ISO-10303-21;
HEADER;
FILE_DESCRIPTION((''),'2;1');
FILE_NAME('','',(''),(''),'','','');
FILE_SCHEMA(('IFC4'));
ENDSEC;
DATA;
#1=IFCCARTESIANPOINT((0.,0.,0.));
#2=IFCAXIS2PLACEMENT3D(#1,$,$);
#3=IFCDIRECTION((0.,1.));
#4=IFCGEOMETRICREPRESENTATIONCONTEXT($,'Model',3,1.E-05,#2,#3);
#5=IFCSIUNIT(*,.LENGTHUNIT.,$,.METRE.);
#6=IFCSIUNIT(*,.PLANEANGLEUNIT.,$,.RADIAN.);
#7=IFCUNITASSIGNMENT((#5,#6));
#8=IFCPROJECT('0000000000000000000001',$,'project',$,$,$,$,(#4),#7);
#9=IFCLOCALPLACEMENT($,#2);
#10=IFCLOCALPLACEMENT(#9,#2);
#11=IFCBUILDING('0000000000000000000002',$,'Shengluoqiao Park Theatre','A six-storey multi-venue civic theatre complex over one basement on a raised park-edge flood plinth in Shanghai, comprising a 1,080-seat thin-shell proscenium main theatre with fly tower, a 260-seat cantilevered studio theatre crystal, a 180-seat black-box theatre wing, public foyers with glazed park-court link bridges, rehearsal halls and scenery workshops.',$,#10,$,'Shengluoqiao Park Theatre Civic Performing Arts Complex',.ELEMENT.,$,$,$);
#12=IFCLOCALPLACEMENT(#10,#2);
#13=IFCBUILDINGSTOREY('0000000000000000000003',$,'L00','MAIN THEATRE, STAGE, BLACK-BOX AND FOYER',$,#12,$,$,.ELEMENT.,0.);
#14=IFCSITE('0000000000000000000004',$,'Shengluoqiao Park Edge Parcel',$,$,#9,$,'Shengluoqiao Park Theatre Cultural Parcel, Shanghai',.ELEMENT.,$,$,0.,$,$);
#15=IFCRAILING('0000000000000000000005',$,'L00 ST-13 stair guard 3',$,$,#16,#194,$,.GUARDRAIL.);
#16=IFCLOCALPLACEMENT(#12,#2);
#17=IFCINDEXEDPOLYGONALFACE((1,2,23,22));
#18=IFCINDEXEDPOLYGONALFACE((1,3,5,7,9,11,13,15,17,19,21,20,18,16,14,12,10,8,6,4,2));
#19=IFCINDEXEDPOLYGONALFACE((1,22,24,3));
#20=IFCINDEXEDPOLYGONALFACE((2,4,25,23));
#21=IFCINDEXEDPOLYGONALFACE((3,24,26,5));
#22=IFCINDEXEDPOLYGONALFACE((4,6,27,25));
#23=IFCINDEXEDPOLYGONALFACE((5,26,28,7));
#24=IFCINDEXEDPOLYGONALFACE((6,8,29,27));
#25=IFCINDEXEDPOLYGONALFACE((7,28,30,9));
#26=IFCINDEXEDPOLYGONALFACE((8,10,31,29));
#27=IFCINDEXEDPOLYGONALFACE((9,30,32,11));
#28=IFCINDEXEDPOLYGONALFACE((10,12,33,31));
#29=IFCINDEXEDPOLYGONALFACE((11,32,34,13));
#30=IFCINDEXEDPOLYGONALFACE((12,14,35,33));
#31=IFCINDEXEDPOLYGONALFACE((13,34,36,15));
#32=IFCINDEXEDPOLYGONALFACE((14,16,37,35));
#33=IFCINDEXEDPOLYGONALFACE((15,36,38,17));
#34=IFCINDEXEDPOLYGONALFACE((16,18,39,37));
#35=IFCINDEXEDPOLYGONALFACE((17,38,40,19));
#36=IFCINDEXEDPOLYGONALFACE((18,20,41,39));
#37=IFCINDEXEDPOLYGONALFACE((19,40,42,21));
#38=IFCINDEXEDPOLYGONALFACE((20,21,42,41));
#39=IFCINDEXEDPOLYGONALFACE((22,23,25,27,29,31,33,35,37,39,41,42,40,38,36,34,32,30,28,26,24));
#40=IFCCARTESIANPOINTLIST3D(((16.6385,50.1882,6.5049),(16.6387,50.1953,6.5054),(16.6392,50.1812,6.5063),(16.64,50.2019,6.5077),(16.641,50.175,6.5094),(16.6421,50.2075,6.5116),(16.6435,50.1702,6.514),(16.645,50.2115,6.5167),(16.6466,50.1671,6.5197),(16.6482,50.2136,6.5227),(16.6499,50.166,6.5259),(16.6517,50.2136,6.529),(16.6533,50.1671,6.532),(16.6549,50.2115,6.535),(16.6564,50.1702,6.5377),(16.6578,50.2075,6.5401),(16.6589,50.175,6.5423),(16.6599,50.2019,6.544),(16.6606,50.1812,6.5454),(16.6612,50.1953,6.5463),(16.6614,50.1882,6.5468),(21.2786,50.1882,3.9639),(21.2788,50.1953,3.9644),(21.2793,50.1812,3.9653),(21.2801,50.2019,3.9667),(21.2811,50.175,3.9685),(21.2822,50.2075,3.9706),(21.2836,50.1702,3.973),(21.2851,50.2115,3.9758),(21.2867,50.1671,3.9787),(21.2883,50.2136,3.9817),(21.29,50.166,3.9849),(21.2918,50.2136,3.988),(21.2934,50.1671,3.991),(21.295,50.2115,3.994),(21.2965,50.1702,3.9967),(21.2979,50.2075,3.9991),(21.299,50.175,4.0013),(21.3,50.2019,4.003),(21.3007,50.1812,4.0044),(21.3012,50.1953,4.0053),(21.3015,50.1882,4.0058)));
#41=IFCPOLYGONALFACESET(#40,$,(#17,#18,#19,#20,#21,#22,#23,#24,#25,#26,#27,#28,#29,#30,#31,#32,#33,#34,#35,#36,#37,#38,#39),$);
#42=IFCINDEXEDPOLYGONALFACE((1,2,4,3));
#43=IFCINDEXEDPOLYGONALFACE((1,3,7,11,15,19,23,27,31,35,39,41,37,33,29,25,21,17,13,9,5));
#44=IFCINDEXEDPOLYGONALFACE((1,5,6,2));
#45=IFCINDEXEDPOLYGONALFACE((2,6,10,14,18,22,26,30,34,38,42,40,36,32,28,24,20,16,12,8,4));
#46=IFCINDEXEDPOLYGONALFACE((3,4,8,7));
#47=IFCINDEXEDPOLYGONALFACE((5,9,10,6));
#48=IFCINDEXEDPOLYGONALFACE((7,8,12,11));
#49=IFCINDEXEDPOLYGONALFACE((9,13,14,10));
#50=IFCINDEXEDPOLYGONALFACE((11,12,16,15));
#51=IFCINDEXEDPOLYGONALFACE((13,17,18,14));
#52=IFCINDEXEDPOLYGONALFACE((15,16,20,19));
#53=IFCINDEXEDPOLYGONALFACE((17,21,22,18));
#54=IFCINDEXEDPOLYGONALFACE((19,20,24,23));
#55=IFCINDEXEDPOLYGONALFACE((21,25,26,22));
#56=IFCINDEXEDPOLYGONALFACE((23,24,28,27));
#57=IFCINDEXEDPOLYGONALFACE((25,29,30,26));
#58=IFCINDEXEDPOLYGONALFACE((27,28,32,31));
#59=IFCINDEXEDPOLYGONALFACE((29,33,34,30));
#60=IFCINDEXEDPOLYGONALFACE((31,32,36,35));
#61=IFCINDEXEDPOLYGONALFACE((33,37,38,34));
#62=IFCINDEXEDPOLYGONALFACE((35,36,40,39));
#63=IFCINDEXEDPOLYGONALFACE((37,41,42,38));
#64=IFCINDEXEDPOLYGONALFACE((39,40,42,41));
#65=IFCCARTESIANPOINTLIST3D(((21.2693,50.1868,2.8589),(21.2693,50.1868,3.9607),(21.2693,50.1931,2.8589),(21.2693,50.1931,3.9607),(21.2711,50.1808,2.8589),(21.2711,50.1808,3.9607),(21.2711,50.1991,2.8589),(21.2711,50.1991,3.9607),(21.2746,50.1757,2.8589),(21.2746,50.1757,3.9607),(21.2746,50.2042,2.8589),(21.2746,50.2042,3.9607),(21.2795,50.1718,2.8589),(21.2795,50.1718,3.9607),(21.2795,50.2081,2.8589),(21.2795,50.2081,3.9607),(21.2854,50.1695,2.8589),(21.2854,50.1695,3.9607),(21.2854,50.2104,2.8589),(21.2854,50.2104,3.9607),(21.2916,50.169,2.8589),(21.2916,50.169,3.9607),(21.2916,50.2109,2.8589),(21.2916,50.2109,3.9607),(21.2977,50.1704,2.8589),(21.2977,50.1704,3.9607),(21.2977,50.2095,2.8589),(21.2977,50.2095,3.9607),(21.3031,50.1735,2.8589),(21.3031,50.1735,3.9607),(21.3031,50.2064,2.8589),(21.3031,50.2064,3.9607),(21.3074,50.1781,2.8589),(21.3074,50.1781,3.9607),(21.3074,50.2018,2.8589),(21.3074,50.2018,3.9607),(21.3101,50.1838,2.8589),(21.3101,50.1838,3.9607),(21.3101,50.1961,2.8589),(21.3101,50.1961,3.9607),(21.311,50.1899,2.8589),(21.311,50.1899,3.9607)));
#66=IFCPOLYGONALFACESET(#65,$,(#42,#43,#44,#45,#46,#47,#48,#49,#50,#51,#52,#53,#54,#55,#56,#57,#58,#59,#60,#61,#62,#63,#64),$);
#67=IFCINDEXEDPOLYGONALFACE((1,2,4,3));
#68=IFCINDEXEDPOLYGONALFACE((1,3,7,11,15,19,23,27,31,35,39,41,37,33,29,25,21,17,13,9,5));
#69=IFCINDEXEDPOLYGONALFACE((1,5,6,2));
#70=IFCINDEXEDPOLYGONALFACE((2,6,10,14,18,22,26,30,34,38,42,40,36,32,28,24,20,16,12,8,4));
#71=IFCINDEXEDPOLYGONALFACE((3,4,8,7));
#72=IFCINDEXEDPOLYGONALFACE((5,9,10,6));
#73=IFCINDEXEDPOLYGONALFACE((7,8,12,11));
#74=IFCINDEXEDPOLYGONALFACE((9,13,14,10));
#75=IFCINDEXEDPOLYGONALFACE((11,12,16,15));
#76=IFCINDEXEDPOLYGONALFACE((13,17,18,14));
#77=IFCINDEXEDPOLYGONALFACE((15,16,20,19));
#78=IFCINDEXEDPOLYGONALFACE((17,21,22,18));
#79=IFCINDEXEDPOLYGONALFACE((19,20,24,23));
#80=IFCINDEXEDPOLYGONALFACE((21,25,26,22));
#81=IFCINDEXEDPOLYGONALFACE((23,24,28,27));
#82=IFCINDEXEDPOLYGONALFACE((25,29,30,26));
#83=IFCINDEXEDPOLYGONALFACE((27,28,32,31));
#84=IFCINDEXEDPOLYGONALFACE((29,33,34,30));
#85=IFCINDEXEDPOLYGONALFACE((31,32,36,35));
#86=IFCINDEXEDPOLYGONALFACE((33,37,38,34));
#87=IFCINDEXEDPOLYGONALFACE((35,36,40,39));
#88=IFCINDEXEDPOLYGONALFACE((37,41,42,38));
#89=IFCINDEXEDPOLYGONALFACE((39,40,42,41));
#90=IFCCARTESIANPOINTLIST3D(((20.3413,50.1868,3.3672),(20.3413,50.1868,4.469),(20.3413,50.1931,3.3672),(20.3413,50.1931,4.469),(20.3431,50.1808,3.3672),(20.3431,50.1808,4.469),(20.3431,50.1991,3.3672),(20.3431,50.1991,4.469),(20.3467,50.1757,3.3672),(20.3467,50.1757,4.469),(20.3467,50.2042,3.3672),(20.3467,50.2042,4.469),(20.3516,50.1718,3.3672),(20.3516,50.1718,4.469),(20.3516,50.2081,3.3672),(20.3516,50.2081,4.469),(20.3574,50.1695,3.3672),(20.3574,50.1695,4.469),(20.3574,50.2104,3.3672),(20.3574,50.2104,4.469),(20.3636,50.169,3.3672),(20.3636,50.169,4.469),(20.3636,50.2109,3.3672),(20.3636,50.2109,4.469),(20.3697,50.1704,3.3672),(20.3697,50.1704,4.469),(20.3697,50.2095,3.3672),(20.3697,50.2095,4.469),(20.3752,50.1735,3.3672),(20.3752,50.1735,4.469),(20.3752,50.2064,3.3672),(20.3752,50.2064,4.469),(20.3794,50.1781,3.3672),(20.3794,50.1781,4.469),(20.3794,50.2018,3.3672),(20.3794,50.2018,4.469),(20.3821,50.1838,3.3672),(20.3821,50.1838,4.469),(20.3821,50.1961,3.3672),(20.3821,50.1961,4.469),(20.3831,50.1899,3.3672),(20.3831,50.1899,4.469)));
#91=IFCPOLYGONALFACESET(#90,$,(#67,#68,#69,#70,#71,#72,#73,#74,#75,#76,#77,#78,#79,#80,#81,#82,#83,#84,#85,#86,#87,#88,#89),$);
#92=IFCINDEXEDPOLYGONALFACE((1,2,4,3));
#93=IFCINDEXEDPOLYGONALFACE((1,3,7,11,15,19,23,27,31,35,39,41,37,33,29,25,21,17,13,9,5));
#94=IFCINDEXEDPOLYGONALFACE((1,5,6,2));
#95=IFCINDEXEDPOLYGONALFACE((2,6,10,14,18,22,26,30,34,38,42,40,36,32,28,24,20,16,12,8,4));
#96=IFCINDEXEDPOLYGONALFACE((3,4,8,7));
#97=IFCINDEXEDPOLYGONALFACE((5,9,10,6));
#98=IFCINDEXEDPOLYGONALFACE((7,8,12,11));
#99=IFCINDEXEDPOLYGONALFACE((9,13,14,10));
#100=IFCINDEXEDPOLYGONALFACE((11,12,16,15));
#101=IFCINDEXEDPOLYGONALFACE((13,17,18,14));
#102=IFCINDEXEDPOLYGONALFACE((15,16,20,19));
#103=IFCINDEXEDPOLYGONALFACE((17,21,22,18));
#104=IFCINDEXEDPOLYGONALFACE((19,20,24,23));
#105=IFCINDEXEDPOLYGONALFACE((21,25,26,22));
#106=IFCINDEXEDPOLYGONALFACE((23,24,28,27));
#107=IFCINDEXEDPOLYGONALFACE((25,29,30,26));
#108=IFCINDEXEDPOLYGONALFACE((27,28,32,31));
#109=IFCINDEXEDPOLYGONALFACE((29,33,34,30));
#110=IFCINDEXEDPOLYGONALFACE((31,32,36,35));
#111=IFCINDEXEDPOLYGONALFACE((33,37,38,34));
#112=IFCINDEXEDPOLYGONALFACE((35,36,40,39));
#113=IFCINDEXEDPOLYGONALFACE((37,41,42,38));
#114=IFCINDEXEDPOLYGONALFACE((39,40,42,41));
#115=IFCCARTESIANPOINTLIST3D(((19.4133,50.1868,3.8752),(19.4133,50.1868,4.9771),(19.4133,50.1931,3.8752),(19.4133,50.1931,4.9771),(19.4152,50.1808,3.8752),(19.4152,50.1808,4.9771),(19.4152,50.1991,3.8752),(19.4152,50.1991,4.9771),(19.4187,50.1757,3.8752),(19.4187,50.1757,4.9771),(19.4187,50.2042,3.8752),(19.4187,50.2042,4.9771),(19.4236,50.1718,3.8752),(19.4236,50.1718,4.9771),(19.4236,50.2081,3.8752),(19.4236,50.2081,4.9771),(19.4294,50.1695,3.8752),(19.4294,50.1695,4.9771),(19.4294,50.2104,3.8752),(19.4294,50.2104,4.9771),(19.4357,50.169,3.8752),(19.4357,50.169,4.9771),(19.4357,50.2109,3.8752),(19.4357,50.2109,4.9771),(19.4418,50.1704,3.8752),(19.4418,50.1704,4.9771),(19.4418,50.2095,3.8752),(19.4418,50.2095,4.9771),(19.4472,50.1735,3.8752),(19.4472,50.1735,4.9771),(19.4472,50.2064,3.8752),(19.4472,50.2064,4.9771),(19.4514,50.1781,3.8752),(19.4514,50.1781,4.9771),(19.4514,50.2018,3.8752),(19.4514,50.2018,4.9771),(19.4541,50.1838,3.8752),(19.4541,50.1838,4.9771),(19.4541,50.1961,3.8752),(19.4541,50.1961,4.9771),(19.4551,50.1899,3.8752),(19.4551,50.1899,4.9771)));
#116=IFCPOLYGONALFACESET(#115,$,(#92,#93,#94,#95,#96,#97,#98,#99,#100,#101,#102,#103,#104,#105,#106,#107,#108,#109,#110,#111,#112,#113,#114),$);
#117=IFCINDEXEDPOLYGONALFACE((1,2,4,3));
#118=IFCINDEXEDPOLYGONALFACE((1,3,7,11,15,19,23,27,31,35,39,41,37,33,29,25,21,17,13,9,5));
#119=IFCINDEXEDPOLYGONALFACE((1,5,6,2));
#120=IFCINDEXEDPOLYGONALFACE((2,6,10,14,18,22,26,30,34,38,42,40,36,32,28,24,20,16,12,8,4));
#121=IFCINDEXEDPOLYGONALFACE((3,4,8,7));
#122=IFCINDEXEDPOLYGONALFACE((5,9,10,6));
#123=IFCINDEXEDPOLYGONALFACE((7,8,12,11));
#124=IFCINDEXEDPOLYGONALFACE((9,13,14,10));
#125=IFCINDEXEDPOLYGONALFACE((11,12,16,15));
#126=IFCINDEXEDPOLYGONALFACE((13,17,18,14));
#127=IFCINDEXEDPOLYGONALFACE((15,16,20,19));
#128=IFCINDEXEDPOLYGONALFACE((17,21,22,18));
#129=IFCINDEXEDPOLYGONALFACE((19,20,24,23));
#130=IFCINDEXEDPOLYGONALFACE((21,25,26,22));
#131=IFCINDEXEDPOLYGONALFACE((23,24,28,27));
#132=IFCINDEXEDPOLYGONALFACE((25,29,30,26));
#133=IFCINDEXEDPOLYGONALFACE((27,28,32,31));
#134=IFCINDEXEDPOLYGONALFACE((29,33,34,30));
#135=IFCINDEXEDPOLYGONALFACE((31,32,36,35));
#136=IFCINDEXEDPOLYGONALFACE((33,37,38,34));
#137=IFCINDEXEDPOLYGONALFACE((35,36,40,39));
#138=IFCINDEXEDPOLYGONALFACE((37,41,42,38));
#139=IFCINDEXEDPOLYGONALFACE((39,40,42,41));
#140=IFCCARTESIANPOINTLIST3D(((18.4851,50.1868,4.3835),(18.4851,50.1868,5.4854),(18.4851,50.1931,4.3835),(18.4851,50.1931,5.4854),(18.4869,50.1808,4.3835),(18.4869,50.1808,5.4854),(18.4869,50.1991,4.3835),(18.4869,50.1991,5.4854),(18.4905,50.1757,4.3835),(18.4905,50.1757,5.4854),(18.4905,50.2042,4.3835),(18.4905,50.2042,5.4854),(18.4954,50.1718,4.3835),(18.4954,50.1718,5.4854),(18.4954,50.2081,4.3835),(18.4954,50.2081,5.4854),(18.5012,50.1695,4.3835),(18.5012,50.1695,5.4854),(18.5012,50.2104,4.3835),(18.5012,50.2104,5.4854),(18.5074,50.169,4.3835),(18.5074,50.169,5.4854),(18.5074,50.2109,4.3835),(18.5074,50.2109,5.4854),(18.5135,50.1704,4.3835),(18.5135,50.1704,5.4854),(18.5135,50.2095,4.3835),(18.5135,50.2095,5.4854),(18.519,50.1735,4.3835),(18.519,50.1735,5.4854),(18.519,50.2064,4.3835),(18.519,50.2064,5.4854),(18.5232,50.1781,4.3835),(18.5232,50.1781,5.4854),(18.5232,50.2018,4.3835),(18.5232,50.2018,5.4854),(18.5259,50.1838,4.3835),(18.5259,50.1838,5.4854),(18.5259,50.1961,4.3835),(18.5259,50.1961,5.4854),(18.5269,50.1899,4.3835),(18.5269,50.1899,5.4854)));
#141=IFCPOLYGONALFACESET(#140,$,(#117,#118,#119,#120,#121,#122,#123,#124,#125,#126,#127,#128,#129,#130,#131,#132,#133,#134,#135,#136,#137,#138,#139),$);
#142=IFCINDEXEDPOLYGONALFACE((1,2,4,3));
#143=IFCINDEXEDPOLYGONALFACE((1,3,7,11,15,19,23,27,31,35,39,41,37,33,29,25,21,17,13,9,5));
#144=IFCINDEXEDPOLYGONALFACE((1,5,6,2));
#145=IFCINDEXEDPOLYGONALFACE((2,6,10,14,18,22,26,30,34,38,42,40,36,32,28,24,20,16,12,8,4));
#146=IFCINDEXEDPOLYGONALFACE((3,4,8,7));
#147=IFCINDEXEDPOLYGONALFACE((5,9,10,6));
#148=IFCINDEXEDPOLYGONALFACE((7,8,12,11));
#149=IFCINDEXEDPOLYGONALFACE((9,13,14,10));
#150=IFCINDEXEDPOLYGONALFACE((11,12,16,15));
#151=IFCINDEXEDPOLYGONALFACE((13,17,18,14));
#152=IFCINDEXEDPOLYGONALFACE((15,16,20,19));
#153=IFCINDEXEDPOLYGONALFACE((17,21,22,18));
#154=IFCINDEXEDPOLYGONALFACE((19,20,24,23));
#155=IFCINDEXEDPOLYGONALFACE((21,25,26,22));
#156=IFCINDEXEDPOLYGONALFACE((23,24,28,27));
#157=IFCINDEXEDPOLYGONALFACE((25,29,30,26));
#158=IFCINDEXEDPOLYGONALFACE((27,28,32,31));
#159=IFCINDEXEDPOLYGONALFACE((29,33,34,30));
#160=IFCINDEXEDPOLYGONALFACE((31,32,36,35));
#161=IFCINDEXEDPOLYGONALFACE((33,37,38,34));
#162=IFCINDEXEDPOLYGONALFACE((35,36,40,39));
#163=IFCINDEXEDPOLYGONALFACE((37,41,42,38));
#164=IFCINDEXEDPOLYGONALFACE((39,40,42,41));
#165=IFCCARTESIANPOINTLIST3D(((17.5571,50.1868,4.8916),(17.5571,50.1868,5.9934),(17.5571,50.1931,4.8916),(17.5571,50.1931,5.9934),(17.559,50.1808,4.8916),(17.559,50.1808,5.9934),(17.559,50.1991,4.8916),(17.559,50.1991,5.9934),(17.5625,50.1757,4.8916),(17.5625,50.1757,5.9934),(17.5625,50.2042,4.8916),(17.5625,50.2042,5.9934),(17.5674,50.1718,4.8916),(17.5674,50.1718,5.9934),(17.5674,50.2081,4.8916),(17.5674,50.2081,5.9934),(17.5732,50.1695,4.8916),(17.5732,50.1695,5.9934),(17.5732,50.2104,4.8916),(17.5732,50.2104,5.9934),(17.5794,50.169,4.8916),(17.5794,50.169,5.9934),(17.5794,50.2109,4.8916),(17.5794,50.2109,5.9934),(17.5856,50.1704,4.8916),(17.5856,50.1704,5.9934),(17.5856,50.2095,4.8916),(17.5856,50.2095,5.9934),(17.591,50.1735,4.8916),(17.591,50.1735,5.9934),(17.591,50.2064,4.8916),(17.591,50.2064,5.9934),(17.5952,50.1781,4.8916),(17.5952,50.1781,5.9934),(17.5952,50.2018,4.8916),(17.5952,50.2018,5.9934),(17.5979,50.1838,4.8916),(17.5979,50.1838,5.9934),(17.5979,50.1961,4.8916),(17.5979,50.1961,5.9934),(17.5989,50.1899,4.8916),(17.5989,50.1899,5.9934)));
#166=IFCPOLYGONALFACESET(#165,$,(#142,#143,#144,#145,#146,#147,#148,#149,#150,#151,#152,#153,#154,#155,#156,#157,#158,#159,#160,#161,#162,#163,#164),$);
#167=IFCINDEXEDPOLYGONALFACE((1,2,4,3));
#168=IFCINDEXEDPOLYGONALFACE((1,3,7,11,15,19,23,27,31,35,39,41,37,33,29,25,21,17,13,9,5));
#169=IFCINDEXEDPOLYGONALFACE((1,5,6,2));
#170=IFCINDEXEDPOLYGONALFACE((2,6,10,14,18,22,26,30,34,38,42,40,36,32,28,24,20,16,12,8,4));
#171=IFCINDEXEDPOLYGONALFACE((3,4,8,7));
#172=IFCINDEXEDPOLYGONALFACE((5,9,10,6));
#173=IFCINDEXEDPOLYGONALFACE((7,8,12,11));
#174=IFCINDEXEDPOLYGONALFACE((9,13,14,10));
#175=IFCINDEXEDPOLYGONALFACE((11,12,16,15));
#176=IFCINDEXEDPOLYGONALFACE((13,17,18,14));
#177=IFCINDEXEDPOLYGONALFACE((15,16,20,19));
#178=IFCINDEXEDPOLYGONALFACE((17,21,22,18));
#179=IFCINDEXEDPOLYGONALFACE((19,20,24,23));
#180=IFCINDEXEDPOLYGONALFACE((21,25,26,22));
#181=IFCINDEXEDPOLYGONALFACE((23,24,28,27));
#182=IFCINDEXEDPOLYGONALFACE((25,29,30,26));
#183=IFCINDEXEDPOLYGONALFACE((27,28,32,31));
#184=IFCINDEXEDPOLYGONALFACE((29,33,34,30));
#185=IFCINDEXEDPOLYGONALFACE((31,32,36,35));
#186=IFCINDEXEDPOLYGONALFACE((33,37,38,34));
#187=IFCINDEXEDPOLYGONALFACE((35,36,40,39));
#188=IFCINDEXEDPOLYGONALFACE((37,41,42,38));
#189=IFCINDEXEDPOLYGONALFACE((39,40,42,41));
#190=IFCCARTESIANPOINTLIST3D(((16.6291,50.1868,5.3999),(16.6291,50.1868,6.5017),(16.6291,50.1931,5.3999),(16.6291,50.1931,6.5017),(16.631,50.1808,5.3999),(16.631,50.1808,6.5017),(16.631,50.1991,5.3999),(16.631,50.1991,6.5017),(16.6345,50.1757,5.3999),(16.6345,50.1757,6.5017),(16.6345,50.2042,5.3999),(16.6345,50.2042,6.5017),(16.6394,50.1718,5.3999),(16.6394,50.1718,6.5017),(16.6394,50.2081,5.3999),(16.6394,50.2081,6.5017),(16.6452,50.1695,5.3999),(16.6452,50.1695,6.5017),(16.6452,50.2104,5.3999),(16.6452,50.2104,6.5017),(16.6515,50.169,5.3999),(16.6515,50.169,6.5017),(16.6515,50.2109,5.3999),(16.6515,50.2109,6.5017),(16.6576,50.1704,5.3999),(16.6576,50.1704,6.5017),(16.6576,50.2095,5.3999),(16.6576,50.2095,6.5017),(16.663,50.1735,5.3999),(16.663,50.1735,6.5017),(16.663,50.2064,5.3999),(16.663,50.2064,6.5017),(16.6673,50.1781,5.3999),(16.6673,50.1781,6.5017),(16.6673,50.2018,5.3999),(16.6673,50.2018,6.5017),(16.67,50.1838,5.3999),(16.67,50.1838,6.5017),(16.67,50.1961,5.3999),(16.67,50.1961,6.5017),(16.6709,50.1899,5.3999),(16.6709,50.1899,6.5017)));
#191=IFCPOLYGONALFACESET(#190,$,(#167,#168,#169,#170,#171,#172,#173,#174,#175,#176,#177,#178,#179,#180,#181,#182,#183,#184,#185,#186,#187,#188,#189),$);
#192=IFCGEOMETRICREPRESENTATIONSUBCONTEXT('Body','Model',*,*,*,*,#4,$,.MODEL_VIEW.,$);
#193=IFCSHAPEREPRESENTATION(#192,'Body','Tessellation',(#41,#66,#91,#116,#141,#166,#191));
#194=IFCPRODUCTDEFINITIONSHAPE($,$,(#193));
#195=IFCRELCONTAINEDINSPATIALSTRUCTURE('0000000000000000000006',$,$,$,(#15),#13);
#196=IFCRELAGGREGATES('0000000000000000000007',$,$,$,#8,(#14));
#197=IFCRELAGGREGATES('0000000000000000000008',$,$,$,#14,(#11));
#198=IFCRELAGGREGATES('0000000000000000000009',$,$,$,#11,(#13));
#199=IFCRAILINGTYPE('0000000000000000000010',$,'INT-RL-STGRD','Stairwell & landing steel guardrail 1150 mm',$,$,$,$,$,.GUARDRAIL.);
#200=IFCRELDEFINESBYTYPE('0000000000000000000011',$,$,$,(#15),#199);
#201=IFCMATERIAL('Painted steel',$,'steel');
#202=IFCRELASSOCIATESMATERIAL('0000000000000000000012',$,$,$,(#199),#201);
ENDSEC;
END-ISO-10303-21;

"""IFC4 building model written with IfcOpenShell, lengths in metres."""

from ifc_helpers import new_model, si_unit, direction, frame, origin, origin_2d, place, context, subcontext, project, spatial, circle, extrude, material, type_object, element, save


model = new_model("IFC4")

# Units and contexts
model_context = context("Model", 3, precision=1e-05, world=origin(), true_north=direction((0.0, 1.0)))
body_context = subcontext(model_context, "Body", "Model", "MODEL_VIEW")
ifc_project = project(units=[si_unit("LENGTHUNIT", "METRE"), si_unit("PLANEANGLEUNIT", "RADIAN")], contexts=[model_context])

# Site, building, storey
site_placement = place(None, origin())
site = spatial("IfcSite", under=ifc_project, at=site_placement, Name="Shengluoqiao Park Edge Parcel", LongName="Shengluoqiao Park Theatre Cultural Parcel, Shanghai", CompositionType="ELEMENT", RefElevation=0.0)
building_placement = place(site_placement, origin())
building = spatial("IfcBuilding", under=site, at=building_placement, Name="Shengluoqiao Park Theatre", Description="A six-storey multi-venue civic theatre complex over one basement on a raised park-edge flood plinth in Shanghai, comprising a 1,080-seat thin-shell proscenium main theatre with fly tower, a 260-seat cantilevered studio theatre crystal, a 180-seat black-box theatre wing, public foyers with glazed park-court link bridges, rehearsal halls and scenery workshops.", LongName="Shengluoqiao Park Theatre Civic Performing Arts Complex", CompositionType="ELEMENT")
storey_placement = place(building_placement, origin())
storey = spatial("IfcBuildingStorey", under=building, at=storey_placement, Name="L00", Description="MAIN THEATRE, STAGE, BLACK-BOX AND FOYER", CompositionType="ELEMENT", Elevation=0.0)

# Railing
ifc_material_1 = material(Name="Painted steel", Category="steel")
railing_type_1 = type_object("IfcRailingType", Name="INT-RL-STGRD", Description="Stairwell & landing steel guardrail 1150 mm", PredefinedType="GUARDRAIL", material=ifc_material_1)
railing_1_placement = place(storey_placement, frame((21.29, 50.1899, 2.8589)))
element("IfcRailing", 1, at=railing_1_placement, inside=storey, type_object=railing_type_1, Name="L00 ST-13 stair guard 3", PredefinedType="GUARDRAIL", context=body_context, shape_type="SweptSolid", body=[
    extrude(circle(Radius=0.0239, at=origin_2d()), frame((0.0, 0.0, 1.126), z_axis=(-0.877097, 0.0, 0.480313), x_axis=(0.0, -1.0, 0.0)), (0.0, 0.0, 1.0), 5.2903),
    extrude(circle(Radius=0.021, at=origin_2d()), origin(), (0.0, 0.0, 1.0), 1.1018),
    extrude(circle(Radius=0.021, at=origin_2d()), frame((-0.928, 0.0, 0.5083)), (0.0, 0.0, 1.0), 1.1018),
    extrude(circle(Radius=0.021, at=origin_2d()), frame((-1.856, 0.0, 1.0164)), (0.0, 0.0, 1.0), 1.1018),
    extrude(circle(Radius=0.021, at=origin_2d()), frame((-2.7842, 0.0, 1.5247)), (0.0, 0.0, 1.0), 1.1018),
    extrude(circle(Radius=0.021, at=origin_2d()), frame((-3.7122, 0.0, 2.0327)), (0.0, 0.0, 1.0), 1.1018),
    extrude(circle(Radius=0.021, at=origin_2d()), frame((-4.6401, 0.0, 2.541)), (0.0, 0.0, 1.0), 1.1018),
])

save(model, "model.ifc")
